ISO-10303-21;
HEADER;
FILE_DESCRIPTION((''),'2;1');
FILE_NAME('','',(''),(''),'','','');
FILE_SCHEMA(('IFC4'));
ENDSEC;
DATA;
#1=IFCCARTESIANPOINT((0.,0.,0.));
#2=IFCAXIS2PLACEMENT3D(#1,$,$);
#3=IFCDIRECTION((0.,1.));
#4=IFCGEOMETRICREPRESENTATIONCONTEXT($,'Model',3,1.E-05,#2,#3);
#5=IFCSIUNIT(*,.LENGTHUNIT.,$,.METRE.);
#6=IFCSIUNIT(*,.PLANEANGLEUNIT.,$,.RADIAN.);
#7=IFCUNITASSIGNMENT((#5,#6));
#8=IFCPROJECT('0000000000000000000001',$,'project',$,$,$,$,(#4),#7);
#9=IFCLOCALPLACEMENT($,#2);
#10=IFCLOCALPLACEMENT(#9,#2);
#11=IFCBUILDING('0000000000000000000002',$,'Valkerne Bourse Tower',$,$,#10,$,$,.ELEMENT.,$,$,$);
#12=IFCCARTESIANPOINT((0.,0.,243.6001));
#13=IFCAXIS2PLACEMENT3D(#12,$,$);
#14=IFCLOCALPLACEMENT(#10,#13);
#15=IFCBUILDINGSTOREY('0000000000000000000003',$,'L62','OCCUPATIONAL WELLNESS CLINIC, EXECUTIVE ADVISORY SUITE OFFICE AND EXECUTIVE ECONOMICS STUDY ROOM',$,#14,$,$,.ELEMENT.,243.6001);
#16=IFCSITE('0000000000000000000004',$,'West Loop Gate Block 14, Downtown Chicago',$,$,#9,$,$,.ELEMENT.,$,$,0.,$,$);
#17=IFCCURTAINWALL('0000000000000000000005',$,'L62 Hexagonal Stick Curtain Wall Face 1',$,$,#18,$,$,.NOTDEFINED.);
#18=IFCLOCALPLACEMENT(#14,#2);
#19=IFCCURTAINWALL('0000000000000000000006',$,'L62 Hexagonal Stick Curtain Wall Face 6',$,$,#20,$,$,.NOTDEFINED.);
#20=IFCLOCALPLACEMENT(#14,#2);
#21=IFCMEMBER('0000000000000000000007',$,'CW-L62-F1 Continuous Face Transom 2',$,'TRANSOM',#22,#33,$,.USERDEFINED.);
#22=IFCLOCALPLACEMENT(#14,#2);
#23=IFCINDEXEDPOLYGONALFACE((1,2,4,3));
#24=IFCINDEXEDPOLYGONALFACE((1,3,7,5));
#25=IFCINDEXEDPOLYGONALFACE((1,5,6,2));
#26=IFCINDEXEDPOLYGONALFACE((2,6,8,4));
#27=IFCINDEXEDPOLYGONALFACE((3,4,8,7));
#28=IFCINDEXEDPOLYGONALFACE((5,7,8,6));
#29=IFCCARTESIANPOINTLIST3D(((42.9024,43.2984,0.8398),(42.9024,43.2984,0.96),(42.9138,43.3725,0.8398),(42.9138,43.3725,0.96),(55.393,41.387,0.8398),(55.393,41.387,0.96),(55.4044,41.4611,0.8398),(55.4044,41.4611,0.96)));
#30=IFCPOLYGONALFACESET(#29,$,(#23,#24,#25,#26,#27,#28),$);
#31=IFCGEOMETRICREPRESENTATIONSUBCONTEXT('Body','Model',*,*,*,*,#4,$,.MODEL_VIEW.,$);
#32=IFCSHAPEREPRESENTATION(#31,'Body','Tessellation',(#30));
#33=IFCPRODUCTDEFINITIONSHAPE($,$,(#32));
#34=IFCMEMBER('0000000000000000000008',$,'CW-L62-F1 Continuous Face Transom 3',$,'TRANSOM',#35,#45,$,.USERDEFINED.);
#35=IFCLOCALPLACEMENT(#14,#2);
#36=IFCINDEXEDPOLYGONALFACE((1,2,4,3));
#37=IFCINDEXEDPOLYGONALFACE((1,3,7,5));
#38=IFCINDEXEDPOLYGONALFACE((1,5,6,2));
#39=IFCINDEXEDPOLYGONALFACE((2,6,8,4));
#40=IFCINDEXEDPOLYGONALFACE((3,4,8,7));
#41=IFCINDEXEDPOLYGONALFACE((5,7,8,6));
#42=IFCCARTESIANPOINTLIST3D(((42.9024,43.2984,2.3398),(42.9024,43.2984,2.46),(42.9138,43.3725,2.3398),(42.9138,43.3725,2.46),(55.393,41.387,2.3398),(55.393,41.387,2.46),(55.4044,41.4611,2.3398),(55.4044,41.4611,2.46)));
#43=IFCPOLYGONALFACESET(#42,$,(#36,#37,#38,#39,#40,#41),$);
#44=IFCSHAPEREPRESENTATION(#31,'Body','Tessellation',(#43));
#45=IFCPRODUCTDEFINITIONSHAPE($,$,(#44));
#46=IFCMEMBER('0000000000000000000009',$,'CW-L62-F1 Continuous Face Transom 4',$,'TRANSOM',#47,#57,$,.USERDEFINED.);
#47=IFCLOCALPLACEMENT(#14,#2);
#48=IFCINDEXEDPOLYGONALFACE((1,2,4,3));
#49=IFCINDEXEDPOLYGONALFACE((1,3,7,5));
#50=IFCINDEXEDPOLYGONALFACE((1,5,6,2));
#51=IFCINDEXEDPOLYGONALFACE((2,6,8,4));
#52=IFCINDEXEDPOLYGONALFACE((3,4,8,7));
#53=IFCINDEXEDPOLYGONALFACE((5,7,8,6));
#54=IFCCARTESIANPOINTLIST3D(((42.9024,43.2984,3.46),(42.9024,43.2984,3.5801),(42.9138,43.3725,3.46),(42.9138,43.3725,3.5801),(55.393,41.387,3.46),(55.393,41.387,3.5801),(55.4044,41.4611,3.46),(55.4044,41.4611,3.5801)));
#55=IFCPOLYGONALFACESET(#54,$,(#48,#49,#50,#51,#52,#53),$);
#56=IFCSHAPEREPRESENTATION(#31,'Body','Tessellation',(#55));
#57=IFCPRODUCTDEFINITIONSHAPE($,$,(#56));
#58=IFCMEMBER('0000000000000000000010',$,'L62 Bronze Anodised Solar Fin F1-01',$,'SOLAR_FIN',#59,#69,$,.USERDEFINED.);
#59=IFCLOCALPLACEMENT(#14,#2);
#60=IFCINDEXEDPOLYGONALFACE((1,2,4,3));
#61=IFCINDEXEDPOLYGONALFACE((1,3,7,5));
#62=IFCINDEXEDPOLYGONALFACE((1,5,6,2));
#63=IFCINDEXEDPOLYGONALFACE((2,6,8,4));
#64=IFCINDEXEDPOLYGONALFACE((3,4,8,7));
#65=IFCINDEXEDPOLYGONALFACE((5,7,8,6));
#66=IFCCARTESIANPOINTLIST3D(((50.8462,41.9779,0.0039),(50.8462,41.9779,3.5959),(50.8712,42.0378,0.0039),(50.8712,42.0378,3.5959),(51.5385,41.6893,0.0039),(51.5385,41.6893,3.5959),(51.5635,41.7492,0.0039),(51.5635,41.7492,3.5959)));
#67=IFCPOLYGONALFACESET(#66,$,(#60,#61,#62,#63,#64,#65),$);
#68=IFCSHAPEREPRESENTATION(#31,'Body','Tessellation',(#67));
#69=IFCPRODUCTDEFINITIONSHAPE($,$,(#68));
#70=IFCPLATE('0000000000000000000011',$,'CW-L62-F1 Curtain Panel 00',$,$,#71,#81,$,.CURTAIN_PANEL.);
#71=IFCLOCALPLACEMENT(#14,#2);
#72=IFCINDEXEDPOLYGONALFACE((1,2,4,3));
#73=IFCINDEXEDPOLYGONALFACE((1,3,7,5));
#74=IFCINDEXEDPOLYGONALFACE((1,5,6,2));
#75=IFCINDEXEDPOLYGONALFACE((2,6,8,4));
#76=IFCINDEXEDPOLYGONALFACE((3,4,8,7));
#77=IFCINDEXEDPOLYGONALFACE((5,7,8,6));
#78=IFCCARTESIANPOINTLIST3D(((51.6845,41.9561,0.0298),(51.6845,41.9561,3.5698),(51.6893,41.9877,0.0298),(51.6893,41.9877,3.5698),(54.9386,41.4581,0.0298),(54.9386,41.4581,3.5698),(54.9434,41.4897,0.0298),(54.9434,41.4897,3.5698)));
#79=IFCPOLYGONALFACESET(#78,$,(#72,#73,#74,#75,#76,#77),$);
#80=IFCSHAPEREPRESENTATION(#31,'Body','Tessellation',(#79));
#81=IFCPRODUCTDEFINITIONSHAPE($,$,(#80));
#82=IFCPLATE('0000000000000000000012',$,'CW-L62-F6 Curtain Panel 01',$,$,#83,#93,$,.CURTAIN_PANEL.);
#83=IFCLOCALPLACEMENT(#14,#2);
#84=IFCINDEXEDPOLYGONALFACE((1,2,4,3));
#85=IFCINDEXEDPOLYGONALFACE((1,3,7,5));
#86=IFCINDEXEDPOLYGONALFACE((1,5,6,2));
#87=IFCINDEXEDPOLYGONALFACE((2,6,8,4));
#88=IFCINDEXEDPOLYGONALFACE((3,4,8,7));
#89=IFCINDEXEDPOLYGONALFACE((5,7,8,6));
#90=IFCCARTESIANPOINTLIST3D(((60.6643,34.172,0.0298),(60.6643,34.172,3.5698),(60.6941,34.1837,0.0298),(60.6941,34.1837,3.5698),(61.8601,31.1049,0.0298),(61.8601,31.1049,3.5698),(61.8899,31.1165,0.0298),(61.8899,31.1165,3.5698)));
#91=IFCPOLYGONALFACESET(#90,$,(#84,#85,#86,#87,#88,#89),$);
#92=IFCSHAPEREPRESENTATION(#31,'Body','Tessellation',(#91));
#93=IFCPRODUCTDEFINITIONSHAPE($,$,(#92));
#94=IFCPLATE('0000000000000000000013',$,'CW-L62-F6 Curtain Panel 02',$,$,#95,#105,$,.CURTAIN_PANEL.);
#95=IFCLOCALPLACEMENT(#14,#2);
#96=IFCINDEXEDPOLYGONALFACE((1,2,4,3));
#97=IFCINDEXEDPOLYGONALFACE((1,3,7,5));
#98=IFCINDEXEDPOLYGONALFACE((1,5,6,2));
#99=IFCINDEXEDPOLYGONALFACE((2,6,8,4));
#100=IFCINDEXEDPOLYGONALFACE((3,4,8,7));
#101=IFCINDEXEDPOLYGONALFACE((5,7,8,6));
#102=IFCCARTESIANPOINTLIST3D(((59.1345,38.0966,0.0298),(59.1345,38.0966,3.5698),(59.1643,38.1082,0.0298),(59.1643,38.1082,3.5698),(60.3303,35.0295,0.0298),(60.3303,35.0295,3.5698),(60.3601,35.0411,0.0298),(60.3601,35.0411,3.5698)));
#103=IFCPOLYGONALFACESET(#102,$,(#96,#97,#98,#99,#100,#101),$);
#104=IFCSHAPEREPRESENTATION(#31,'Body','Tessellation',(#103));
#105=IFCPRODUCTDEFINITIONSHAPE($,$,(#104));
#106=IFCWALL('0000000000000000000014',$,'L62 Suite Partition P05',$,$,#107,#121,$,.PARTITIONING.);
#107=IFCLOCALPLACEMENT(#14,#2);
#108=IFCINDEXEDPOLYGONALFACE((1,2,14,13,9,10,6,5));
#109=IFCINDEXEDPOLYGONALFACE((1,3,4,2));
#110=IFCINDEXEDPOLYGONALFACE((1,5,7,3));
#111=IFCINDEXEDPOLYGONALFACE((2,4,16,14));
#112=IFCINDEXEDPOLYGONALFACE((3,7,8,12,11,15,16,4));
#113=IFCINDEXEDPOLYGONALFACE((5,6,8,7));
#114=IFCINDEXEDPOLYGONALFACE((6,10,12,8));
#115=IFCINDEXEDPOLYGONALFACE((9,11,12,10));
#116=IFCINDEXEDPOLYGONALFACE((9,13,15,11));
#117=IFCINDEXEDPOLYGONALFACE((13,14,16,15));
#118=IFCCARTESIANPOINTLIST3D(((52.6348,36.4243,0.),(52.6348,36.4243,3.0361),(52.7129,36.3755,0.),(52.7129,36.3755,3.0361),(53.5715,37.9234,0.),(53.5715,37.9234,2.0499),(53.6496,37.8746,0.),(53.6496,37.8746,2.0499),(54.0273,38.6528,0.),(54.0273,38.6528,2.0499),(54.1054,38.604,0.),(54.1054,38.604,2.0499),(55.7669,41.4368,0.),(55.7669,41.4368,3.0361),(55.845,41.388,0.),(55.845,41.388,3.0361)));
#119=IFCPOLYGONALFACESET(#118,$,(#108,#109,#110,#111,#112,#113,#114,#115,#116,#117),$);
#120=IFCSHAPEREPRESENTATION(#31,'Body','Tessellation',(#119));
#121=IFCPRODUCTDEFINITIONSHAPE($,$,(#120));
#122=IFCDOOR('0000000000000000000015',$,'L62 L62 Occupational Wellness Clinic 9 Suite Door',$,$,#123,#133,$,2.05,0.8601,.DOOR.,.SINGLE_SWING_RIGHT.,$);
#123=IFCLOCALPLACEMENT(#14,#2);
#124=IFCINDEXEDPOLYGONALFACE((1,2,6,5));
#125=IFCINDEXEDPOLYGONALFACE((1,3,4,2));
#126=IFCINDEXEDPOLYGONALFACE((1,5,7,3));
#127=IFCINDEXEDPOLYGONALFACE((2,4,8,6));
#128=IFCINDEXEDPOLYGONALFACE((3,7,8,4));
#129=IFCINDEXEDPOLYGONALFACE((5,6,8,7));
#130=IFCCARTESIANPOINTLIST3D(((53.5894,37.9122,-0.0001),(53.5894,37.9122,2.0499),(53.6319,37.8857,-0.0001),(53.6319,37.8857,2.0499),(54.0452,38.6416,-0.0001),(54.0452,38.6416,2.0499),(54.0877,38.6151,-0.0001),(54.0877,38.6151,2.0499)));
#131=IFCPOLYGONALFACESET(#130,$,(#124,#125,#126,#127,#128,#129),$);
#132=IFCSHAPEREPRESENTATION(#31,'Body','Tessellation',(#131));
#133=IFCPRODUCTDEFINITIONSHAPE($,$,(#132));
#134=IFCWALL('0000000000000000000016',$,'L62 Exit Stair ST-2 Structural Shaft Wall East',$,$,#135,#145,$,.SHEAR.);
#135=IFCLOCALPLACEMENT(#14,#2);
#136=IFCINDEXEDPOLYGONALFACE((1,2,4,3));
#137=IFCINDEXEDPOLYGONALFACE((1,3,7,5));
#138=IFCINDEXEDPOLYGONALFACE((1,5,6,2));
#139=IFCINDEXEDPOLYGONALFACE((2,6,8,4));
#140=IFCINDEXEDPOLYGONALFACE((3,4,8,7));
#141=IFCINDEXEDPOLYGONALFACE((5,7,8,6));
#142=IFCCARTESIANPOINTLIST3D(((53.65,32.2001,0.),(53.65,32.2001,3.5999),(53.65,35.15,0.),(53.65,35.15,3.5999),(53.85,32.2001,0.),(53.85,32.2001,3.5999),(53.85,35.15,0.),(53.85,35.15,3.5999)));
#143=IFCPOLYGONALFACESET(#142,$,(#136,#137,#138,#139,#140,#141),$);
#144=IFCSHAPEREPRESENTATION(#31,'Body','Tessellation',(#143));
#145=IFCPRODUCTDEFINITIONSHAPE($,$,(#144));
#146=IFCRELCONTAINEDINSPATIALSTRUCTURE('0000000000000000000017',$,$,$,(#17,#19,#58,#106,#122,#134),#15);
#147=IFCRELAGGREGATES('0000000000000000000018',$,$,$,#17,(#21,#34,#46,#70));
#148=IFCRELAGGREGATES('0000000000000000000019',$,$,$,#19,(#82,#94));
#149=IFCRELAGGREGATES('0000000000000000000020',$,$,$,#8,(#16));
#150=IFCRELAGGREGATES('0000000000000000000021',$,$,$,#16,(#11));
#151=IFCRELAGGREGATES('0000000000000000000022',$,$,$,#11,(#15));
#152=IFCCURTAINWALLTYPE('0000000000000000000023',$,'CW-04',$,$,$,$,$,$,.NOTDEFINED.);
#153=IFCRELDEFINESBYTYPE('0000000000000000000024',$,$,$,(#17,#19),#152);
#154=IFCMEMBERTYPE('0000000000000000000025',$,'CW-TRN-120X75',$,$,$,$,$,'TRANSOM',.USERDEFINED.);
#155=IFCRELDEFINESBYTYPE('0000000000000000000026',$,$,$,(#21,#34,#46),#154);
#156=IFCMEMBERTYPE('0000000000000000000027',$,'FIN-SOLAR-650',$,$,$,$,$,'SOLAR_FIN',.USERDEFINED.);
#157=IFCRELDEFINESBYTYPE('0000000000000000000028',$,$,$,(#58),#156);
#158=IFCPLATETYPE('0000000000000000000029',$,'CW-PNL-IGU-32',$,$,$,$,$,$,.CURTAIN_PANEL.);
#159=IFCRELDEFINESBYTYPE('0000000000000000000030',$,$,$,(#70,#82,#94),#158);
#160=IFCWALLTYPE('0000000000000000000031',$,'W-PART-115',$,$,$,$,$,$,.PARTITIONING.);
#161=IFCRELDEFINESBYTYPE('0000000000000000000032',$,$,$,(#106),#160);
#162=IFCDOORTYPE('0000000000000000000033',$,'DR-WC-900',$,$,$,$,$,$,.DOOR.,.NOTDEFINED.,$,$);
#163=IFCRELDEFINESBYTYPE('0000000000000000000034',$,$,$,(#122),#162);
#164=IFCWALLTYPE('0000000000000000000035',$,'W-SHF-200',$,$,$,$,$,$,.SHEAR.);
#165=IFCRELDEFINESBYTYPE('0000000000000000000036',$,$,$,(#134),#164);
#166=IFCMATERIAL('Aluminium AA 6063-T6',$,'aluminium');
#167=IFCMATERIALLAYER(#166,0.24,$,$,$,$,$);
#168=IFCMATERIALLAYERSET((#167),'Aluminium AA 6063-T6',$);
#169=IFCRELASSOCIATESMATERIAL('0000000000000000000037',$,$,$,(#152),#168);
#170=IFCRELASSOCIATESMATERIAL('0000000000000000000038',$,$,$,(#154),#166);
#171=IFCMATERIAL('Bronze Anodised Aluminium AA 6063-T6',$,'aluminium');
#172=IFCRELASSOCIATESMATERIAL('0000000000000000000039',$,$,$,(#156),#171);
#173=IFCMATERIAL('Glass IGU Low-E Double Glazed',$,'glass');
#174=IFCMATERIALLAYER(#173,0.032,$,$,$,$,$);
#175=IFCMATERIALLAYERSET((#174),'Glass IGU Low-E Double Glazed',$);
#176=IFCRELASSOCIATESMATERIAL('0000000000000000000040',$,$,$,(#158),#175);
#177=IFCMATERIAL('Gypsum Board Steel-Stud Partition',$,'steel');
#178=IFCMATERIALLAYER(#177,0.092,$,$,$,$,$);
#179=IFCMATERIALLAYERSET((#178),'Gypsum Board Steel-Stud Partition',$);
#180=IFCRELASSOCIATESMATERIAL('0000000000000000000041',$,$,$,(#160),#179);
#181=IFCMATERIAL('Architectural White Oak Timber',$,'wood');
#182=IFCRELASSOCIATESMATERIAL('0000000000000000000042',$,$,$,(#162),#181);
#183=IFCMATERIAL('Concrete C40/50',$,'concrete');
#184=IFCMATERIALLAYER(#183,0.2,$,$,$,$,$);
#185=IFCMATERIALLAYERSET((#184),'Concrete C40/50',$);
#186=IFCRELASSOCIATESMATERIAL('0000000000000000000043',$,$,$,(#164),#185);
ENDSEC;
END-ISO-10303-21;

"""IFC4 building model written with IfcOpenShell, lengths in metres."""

from ifc_helpers import new_model, si_unit, direction, frame, frame_2d, origin, origin_2d, place, context, subcontext, project, spatial, rectangle, extrude, material, layer, layer_set, material_profile, profile_set, type_object, element, fill, aggregate, save


model = new_model("IFC4")

# Units and contexts
model_context = context("Model", 3, precision=1e-05, world=origin(), true_north=direction((0.0, 1.0)))
body_context = subcontext(model_context, "Body", "Model", "MODEL_VIEW")
ifc_project = project(units=[si_unit("LENGTHUNIT", "METRE"), si_unit("PLANEANGLEUNIT", "RADIAN")], contexts=[model_context])

# Site, building, storey
site_placement = place(None, origin())
site = spatial("IfcSite", under=ifc_project, at=site_placement, Name="West Loop Gate Block 14, Downtown Chicago", CompositionType="ELEMENT", RefElevation=0.0)
building_placement = place(site_placement, origin())
building = spatial("IfcBuilding", under=site, at=building_placement, Name="Valkerne Bourse Tower", CompositionType="ELEMENT")
storey_placement = place(building_placement, frame((0.0, 0.0, 243.6001)))
storey = spatial("IfcBuildingStorey", under=building, at=storey_placement, Name="L62", Description="OCCUPATIONAL WELLNESS CLINIC, EXECUTIVE ADVISORY SUITE OFFICE AND EXECUTIVE ECONOMICS STUDY ROOM", CompositionType="ELEMENT", Elevation=243.6001)

# Curtain wall
ifc_material_1 = material(Name="Aluminium AA 6063-T6", Category="aluminium")
ifc_layer_1 = layer(ifc_material_1, 0.24)
ifc_layer_set_1 = layer_set([ifc_layer_1], Name="Aluminium AA 6063-T6")
curtain_wall_type = type_object("IfcCurtainWallType", Name="CW-04", PredefinedType="NOTDEFINED", material=ifc_layer_set_1)
curtain_wall_1_placement = place(storey_placement, origin())
curtain_wall_1 = element("IfcCurtainWall", 1, at=curtain_wall_1_placement, inside=storey, type_object=curtain_wall_type, Name="L62 Hexagonal Stick Curtain Wall Face 1", PredefinedType="NOTDEFINED")

# Curtain wall
curtain_wall_2_placement = place(storey_placement, origin())
curtain_wall_2 = element("IfcCurtainWall", 2, at=curtain_wall_2_placement, inside=storey, type_object=curtain_wall_type, Name="L62 Hexagonal Stick Curtain Wall Face 6", PredefinedType="NOTDEFINED")

# Members
ifc_material_profile_1 = material_profile(ifc_material_1, rectangle(XDim=0.075, YDim=0.1201, at=origin_2d()), Name="CWT-75X120")
ifc_profile_set_1 = profile_set([ifc_material_profile_1], Name="Aluminium AA 6063-T6")
member_type_1 = type_object("IfcMemberType", Name="CW-TRN-120X75", ElementType="TRANSOM", PredefinedType="USERDEFINED", material=ifc_profile_set_1)
member_1_placement = place(storey_placement, frame((55.3987, 41.4241, 0.8999), z_axis=(-0.988493, 0.151266, 0.0), x_axis=(-0.151266, -0.988493, 0.0)))
member_1 = element("IfcMember", 3, at=member_1_placement, type_object=member_type_1, Name="CW-L62-F1 Continuous Face Transom 2", ObjectType="TRANSOM", PredefinedType="USERDEFINED", context=body_context, shape_type="SweptSolid", body=[
    extrude(rectangle(XDim=0.075, YDim=0.1201, at=origin_2d()), origin(), (0.0, 0.0, 1.0), 12.636),
])
member_2_placement = place(storey_placement, frame((55.3987, 41.4241, 2.3999), z_axis=(-0.988493, 0.151266, 0.0), x_axis=(-0.151266, -0.988493, 0.0)))
member_2 = element("IfcMember", 4, at=member_2_placement, type_object=member_type_1, Name="CW-L62-F1 Continuous Face Transom 3", ObjectType="TRANSOM", PredefinedType="USERDEFINED", context=body_context, shape_type="SweptSolid", body=[
    extrude(rectangle(XDim=0.075, YDim=0.1201, at=origin_2d()), origin(), (0.0, 0.0, 1.0), 12.636),
])
member_3_placement = place(storey_placement, frame((55.3987, 41.4241, 3.52), z_axis=(-0.988493, 0.151266, 0.0), x_axis=(-0.151266, -0.988493, 0.0)))
member_3 = element("IfcMember", 5, at=member_3_placement, type_object=member_type_1, Name="CW-L62-F1 Continuous Face Transom 4", ObjectType="TRANSOM", PredefinedType="USERDEFINED", context=body_context, shape_type="SweptSolid", body=[
    extrude(rectangle(XDim=0.075, YDim=0.1201, at=origin_2d()), origin(), (0.0, 0.0, 1.0), 12.636),
])
ifc_material_2 = material(Name="Bronze Anodised Aluminium AA 6063-T6", Category="aluminium")
ifc_material_profile_2 = material_profile(ifc_material_2, rectangle(XDim=0.0649, YDim=0.75, at=origin_2d()), Name="FIN-65X750")
ifc_profile_set_2 = profile_set([ifc_material_profile_2], Name="Bronze Anodised Aluminium AA 6063-T6")
member_type_2 = type_object("IfcMemberType", Name="FIN-SOLAR-650", ElementType="SOLAR_FIN", PredefinedType="USERDEFINED", material=ifc_profile_set_2)
member_4_placement = place(storey_placement, frame((51.2048, 41.8635, 0.0039), z_axis=(0.0, 0.0, 1.0), x_axis=(0.38479, 0.923004, 0.0)))
element("IfcMember", 6, at=member_4_placement, inside=storey, type_object=member_type_2, Name="L62 Bronze Anodised Solar Fin F1-01", ObjectType="SOLAR_FIN", PredefinedType="USERDEFINED", context=body_context, shape_type="SweptSolid", body=[
    extrude(rectangle(XDim=0.0649, YDim=0.75, at=origin_2d()), origin(), (0.0, 0.0, 1.0), 3.592),
])

# Plates
ifc_material_3 = material(Name="Glass IGU Low-E Double Glazed", Category="glass")
ifc_layer_2 = layer(ifc_material_3, 0.032)
ifc_layer_set_2 = layer_set([ifc_layer_2], Name="Glass IGU Low-E Double Glazed")
plate_type = type_object("IfcPlateType", Name="CW-PNL-IGU-32", PredefinedType="CURTAIN_PANEL", material=ifc_layer_set_2)
plate_1_placement = place(storey_placement, frame((53.314, 41.7229, 0.0298), z_axis=(0.0, 0.0, 1.0), x_axis=(-0.988495, 0.151256, 0.0)))
plate_1 = element("IfcPlate", 7, at=plate_1_placement, type_object=plate_type, Name="CW-L62-F1 Curtain Panel 00", PredefinedType="CURTAIN_PANEL", context=body_context, shape_type="SweptSolid", body=[
    extrude(rectangle(XDim=3.292, YDim=0.032, at=origin_2d()), origin(), (0.0, 0.0, 1.0), 3.54),
])
aggregate(curtain_wall_1, [member_1, member_2, member_3, plate_1])
plate_2_placement = place(storey_placement, frame((61.2771, 32.6443, 0.0298), z_axis=(0.0, 0.0, 1.0), x_axis=(-0.363247, 0.931693, 0.0)))
plate_2 = element("IfcPlate", 8, at=plate_2_placement, type_object=plate_type, Name="CW-L62-F6 Curtain Panel 01", PredefinedType="CURTAIN_PANEL", context=body_context, shape_type="SweptSolid", body=[
    extrude(rectangle(XDim=3.292, YDim=0.032, at=origin_2d()), origin(), (0.0, 0.0, 1.0), 3.54),
])
plate_3_placement = place(storey_placement, frame((59.7473, 36.5688, 0.0298), z_axis=(0.0, 0.0, 1.0), x_axis=(-0.363247, 0.931693, 0.0)))
plate_3 = element("IfcPlate", 9, at=plate_3_placement, type_object=plate_type, Name="CW-L62-F6 Curtain Panel 02", PredefinedType="CURTAIN_PANEL", context=body_context, shape_type="SweptSolid", body=[
    extrude(rectangle(XDim=3.292, YDim=0.032, at=origin_2d()), origin(), (0.0, 0.0, 1.0), 3.54),
])
aggregate(curtain_wall_2, [plate_2, plate_3])

# Wall, opening, door
ifc_material_4 = material(Name="Gypsum Board Steel-Stud Partition", Category="steel")
ifc_layer_3 = layer(ifc_material_4, 0.092)
ifc_layer_set_3 = layer_set([ifc_layer_3], Name="Gypsum Board Steel-Stud Partition")
wall_type_1 = type_object("IfcWallType", Name="W-PART-115", PredefinedType="PARTITIONING", material=ifc_layer_set_3)
wall_1_placement = place(storey_placement, frame((52.6738, 36.3999, 0.0), z_axis=(0.0, 0.0, 1.0), x_axis=(0.529914, 0.848052, 0.0)))
wall_1 = element("IfcWall", 10, at=wall_1_placement, inside=storey, type_object=wall_type_1, Name="L62 Suite Partition P05", PredefinedType="PARTITIONING", context=body_context, shape_type="SweptSolid", body=[
    extrude(rectangle(XDim=5.9106, YDim=0.092, at=frame_2d((2.9553, 0.0))), origin(), (0.0, 0.0, 1.0), 3.0361),
])
opening_placement = place(wall_1_placement, frame((1.7676, 0.0, 0.0)))
opening = element("IfcOpeningElement", 11, at=opening_placement, cuts=wall_1, PredefinedType="OPENING", context=body_context, shape_type="SweptSolid", body=[
    extrude(rectangle(XDim=0.8601, YDim=2.05, at=frame_2d((0.4302, 1.0249))), frame((0.0, 0.0559, 0.0), z_axis=(0.0, -1.0, 0.0), x_axis=(1.0, 0.0, 0.0)), (0.0, 0.0, 1.0), 0.1121),
])
ifc_material_5 = material(Name="Architectural White Oak Timber", Category="wood")
door_type = type_object("IfcDoorType", Name="DR-WC-900", OperationType="NOTDEFINED", PredefinedType="DOOR", material=ifc_material_5)
door_placement = place(opening_placement, origin())
door = element("IfcDoor", 12, at=door_placement, inside=storey, type_object=door_type, Name="L62 L62 Occupational Wellness Clinic 9 Suite Door", OperationType="SINGLE_SWING_RIGHT", OverallHeight=2.05, OverallWidth=0.8601, PredefinedType="DOOR", context=body_context, shape_type="SweptSolid", body=[
    extrude(rectangle(XDim=0.8601, YDim=2.05, at=frame_2d((0.4302, 1.0249))), frame((0.0, 0.0249, 0.0), z_axis=(0.0, -1.0, 0.0), x_axis=(1.0, 0.0, 0.0)), (0.0, 0.0, 1.0), 0.05),
])
fill(opening, door)

# Wall
ifc_material_6 = material(Name="Concrete C40/50", Category="concrete")
ifc_layer_4 = layer(ifc_material_6, 0.2)
ifc_layer_set_4 = layer_set([ifc_layer_4], Name="Concrete C40/50")
wall_type_2 = type_object("IfcWallType", Name="W-SHF-200", PredefinedType="SHEAR", material=ifc_layer_set_4)
wall_2_placement = place(storey_placement, frame((53.75, 32.2, 0.0), z_axis=(0.0, 0.0, 1.0), x_axis=(0.0, 1.0, 0.0)))
element("IfcWall", 13, at=wall_2_placement, inside=storey, type_object=wall_type_2, Name="L62 Exit Stair ST-2 Structural Shaft Wall East", PredefinedType="SHEAR", context=body_context, shape_type="SweptSolid", body=[
    extrude(rectangle(XDim=2.95, YDim=0.2, at=frame_2d((1.4751, 0.0))), origin(), (0.0, 0.0, 1.0), 3.5999),
])

save(model, "model.ifc")
